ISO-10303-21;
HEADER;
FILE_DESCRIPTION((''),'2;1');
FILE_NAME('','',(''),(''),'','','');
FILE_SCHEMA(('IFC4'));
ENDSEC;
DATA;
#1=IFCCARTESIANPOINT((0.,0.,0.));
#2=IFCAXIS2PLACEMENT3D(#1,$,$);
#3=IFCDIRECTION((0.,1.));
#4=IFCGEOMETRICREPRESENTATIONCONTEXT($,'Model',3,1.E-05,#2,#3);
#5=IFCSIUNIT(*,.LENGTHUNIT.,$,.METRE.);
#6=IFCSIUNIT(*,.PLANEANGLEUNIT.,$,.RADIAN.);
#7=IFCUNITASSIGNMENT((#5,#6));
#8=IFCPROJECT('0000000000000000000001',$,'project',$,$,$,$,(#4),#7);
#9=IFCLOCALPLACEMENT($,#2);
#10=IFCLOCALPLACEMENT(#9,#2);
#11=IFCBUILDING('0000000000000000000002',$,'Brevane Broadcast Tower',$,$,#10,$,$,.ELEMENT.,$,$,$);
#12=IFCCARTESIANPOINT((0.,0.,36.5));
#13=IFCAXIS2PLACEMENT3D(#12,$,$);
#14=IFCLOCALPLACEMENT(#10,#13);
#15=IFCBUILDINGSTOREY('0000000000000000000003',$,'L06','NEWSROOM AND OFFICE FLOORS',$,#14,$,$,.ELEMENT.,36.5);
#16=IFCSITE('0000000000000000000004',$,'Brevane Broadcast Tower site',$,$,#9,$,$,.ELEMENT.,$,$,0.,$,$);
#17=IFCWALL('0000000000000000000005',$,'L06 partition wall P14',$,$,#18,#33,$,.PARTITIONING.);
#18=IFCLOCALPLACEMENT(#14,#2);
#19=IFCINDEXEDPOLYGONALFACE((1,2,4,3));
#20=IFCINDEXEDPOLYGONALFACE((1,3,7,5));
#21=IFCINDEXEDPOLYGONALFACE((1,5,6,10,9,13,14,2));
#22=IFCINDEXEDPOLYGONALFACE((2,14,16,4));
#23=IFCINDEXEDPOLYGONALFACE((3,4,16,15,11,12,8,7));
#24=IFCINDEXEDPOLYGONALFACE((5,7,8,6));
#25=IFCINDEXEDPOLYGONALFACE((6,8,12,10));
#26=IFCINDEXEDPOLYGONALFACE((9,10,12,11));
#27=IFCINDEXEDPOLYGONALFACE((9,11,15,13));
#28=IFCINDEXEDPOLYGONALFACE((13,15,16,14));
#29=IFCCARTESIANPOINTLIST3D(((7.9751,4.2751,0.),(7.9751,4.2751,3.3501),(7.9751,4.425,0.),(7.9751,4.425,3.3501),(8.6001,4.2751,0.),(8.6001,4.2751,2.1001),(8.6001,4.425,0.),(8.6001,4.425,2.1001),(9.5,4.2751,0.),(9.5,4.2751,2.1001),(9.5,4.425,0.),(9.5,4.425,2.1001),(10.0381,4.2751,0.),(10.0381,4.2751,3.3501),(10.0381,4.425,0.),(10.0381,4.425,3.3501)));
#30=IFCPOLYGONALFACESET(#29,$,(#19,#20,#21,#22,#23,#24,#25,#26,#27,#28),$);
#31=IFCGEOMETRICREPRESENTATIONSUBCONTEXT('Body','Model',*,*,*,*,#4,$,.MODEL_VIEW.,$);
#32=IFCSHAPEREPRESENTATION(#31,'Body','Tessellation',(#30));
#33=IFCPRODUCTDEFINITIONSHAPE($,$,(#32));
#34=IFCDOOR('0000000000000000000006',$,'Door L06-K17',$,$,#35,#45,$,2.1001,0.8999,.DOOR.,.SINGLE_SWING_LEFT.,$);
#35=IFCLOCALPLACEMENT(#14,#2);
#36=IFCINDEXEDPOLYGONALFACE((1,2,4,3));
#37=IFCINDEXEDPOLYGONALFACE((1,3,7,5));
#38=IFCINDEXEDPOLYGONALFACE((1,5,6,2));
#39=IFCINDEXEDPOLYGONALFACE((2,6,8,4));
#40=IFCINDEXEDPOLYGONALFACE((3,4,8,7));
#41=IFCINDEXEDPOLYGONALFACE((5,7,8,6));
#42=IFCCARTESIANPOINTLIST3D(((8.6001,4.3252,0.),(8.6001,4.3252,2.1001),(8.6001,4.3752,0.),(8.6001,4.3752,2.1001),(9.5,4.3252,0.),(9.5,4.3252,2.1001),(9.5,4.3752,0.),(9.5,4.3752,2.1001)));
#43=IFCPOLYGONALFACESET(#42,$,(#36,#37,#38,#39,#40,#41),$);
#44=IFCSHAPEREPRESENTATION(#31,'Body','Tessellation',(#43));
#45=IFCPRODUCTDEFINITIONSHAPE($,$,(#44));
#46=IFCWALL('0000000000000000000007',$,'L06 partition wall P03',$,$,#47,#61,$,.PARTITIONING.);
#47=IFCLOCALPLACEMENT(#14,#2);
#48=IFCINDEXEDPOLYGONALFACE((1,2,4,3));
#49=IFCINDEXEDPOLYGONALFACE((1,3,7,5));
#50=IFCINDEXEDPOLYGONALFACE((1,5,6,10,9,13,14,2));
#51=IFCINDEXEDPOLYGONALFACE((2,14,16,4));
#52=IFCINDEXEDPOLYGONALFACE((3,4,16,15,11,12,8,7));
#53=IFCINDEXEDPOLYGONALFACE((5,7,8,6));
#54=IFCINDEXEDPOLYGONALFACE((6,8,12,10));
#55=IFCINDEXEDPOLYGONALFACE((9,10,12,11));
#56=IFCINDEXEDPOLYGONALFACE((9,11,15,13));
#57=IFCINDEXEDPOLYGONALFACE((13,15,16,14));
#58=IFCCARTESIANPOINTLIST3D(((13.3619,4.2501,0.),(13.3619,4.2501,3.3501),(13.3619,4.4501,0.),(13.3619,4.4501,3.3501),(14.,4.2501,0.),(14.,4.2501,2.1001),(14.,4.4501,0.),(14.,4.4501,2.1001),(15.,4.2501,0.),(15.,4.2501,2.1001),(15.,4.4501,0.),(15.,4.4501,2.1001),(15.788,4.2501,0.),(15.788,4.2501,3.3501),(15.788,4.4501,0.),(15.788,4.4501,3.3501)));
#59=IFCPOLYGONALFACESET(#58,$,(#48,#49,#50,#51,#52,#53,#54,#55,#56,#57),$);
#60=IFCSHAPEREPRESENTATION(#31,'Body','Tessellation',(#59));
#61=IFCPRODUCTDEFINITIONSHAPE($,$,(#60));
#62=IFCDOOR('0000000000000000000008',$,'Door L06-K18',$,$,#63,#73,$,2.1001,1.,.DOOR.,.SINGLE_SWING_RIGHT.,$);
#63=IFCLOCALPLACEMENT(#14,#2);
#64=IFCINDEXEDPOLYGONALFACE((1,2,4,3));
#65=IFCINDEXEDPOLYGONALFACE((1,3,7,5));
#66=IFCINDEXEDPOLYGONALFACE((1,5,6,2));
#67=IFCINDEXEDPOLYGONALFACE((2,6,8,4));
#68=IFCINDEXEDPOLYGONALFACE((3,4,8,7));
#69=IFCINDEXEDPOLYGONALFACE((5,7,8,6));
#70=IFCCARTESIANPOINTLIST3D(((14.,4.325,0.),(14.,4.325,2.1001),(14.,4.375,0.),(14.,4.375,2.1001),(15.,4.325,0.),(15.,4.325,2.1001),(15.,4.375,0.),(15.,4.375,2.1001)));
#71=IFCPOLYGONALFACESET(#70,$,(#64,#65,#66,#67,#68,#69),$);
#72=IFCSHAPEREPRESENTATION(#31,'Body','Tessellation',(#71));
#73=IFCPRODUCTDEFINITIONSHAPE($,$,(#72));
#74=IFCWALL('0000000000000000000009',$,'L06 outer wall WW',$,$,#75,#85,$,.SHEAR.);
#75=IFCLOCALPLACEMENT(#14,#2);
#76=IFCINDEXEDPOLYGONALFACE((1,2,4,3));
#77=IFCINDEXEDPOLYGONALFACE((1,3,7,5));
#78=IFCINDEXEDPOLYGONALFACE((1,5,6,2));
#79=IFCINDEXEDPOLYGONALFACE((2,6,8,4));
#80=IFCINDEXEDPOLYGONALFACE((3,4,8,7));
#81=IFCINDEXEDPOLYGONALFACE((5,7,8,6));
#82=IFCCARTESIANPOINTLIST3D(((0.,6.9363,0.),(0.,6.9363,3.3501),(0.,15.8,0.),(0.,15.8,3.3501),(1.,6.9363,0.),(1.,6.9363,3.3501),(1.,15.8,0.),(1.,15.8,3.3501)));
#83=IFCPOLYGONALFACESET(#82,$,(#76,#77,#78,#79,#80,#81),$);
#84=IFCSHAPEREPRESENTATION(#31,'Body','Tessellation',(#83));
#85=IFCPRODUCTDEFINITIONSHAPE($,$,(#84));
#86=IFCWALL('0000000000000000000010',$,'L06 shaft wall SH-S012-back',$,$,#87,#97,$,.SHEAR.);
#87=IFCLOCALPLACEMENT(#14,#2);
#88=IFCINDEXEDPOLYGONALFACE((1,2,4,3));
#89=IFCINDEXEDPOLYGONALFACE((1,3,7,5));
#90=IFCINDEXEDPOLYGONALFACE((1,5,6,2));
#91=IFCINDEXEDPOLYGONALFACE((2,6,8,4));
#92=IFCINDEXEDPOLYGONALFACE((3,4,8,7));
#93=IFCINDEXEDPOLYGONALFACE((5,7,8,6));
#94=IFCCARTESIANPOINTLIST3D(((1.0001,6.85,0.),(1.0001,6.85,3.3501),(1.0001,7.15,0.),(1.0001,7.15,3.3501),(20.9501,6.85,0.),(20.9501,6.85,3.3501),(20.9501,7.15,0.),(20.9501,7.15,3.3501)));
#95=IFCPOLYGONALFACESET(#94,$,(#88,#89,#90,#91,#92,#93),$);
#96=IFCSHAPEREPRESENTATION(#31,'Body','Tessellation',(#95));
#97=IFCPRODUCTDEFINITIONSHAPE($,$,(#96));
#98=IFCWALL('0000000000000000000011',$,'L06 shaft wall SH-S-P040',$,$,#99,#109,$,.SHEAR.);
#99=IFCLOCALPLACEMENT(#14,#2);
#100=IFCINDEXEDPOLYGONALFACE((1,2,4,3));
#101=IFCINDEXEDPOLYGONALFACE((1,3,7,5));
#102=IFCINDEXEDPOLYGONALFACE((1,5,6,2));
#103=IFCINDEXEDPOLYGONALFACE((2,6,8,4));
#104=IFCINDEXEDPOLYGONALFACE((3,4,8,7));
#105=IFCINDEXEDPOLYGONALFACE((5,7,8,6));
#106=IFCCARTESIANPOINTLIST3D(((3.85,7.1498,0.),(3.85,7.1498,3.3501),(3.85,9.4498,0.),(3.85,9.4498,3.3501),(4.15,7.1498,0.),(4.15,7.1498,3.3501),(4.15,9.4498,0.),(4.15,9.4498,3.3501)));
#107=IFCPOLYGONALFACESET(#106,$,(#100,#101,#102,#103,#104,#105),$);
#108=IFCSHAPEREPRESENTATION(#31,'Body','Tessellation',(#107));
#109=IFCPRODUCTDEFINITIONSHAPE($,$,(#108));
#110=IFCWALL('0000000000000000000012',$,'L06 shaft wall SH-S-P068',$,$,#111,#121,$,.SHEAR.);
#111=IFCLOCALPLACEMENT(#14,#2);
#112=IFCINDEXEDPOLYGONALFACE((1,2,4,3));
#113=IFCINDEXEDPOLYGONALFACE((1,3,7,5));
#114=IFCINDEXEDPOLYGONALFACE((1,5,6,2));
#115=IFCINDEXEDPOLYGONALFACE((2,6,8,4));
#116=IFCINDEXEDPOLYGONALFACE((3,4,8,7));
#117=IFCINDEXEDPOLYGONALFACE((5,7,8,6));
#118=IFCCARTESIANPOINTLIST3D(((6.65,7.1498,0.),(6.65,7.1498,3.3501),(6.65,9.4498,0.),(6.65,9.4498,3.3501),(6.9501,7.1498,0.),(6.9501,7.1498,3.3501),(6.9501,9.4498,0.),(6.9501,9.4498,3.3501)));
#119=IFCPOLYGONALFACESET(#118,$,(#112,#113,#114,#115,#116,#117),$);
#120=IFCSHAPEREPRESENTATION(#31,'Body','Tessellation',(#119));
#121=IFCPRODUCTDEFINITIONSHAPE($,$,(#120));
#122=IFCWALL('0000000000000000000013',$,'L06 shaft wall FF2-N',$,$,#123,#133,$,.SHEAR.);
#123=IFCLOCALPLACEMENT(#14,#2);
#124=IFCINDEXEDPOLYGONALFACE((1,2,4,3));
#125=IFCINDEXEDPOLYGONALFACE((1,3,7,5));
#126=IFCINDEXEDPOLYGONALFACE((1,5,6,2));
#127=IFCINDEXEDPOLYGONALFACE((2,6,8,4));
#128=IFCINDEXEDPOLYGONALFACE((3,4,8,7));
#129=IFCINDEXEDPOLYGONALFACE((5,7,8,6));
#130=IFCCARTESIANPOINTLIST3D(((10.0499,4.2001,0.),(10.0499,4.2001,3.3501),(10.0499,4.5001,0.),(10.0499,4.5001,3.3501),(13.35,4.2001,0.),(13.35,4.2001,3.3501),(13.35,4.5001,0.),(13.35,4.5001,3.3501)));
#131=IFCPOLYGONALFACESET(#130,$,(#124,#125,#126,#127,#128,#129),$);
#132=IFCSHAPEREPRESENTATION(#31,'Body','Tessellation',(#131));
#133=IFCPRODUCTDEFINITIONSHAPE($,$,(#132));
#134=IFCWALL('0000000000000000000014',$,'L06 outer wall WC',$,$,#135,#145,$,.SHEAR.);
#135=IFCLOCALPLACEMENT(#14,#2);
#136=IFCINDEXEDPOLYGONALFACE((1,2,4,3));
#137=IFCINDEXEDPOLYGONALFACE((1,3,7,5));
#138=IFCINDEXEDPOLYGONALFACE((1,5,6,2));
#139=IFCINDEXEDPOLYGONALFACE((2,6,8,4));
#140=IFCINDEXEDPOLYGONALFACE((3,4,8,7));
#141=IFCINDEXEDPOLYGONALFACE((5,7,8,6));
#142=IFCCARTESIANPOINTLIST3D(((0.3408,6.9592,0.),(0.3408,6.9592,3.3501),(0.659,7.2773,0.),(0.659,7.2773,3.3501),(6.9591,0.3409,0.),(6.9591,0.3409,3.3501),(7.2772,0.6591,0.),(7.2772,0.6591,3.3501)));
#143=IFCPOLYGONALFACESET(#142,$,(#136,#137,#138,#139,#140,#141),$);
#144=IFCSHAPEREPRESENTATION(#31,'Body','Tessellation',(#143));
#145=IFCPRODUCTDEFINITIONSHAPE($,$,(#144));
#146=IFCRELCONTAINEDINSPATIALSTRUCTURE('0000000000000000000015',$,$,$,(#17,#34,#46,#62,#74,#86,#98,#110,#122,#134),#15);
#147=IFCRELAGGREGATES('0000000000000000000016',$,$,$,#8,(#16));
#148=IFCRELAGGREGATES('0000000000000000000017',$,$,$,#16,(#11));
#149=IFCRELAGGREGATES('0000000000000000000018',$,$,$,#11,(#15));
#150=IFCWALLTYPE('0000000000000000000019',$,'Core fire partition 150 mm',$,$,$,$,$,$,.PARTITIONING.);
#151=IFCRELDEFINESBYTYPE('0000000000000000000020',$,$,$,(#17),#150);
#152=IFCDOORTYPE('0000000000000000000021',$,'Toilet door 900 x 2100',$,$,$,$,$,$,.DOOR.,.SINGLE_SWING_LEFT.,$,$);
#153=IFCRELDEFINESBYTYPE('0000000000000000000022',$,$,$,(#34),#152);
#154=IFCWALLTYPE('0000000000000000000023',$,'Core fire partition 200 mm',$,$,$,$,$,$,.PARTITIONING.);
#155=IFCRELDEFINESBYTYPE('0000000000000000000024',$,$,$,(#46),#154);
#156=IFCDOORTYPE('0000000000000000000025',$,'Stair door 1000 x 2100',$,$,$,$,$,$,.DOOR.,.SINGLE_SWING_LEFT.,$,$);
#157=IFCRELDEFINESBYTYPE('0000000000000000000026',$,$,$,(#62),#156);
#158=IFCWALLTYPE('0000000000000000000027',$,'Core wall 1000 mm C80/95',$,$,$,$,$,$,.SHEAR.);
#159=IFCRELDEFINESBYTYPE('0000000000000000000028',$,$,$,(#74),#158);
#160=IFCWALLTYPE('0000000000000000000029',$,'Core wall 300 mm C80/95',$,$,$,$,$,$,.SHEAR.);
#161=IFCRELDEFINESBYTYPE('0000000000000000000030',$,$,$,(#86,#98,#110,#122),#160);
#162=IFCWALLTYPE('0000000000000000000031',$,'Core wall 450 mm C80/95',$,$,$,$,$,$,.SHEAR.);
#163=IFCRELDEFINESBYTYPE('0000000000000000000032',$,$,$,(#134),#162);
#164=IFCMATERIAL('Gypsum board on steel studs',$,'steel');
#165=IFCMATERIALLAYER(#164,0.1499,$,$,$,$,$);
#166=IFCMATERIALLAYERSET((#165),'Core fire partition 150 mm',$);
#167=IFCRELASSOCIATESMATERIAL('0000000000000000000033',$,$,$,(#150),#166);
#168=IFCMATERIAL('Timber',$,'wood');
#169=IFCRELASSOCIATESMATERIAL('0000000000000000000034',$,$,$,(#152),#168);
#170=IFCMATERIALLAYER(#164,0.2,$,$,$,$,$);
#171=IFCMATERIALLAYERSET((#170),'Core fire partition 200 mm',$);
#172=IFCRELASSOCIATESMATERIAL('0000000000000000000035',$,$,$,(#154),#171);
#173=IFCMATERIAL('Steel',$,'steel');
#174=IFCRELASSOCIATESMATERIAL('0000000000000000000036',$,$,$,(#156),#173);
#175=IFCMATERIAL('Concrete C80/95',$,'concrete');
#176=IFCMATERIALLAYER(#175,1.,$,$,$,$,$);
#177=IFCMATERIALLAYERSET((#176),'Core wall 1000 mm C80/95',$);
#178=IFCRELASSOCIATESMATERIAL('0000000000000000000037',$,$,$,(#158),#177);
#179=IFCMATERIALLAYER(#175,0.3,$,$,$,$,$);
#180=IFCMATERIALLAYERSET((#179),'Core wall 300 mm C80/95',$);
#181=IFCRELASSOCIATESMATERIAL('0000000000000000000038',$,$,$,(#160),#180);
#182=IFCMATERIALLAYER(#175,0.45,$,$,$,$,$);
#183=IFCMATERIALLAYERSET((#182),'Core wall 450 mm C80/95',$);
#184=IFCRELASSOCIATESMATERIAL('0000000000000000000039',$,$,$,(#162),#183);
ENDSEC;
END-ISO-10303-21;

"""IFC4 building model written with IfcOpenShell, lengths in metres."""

from ifc_helpers import new_model, si_unit, direction, frame, frame_2d, origin, place, context, subcontext, project, spatial, rectangle, extrude, material, layer, layer_set, type_object, element, fill, save


model = new_model("IFC4")

# Units and contexts
model_context = context("Model", 3, precision=1e-05, world=origin(), true_north=direction((0.0, 1.0)))
body_context = subcontext(model_context, "Body", "Model", "MODEL_VIEW")
ifc_project = project(units=[si_unit("LENGTHUNIT", "METRE"), si_unit("PLANEANGLEUNIT", "RADIAN")], contexts=[model_context])

# Site, building, storey
site_placement = place(None, origin())
site = spatial("IfcSite", under=ifc_project, at=site_placement, Name="Brevane Broadcast Tower site", CompositionType="ELEMENT", RefElevation=0.0)
building_placement = place(site_placement, origin())
building = spatial("IfcBuilding", under=site, at=building_placement, Name="Brevane Broadcast Tower", CompositionType="ELEMENT")
storey_placement = place(building_placement, frame((0.0, 0.0, 36.5)))
storey = spatial("IfcBuildingStorey", under=building, at=storey_placement, Name="L06", Description="NEWSROOM AND OFFICE FLOORS", CompositionType="ELEMENT", Elevation=36.5)

# Shared definitions
ifc_material_1 = material(Name="Gypsum board on steel studs", Category="steel")
ifc_layer_1 = layer(ifc_material_1, 0.1499)
ifc_layer_set_1 = layer_set([ifc_layer_1], Name="Core fire partition 150 mm")
wall_type_1 = type_object("IfcWallType", Name="Core fire partition 150 mm", PredefinedType="PARTITIONING", material=ifc_layer_set_1)

# Shared definitions
ifc_material_2 = material(Name="Timber", Category="wood")
door_type_1 = type_object("IfcDoorType", Name="Toilet door 900 x 2100", OperationType="SINGLE_SWING_LEFT", PredefinedType="DOOR", material=ifc_material_2)

# Walls, openings, doors
wall_1_placement = place(storey_placement, frame((10.0381, 4.3501, 0.0), z_axis=(0.0, 0.0, 1.0), x_axis=(-1.0, 0.0, 0.0)))
wall_1 = element("IfcWall", 1, at=wall_1_placement, inside=storey, type_object=wall_type_1, Name="L06 partition wall P14", PredefinedType="PARTITIONING", context=body_context, shape_type="SweptSolid", body=[
    extrude(rectangle(XDim=2.063, YDim=0.1499, at=frame_2d((1.0315, 0.0))), origin(), (0.0, 0.0, 1.0), 3.3501),
])
opening_1_placement = place(wall_1_placement, frame((0.5381, 0.0, 0.0)))
opening_1 = element("IfcOpeningElement", 2, at=opening_1_placement, cuts=wall_1, PredefinedType="OPENING", context=body_context, shape_type="SweptSolid", body=[
    extrude(rectangle(XDim=0.8999, YDim=2.1001, at=frame_2d((0.45, 1.05))), frame((0.0, 0.085, 0.0), z_axis=(0.0, -1.0, 0.0), x_axis=(1.0, 0.0, 0.0)), (0.0, 0.0, 1.0), 0.1699),
])
door_1_placement = place(opening_1_placement, origin())
door_1 = element("IfcDoor", 3, at=door_1_placement, inside=storey, type_object=door_type_1, Name="Door L06-K17", OperationType="SINGLE_SWING_LEFT", OverallHeight=2.1001, OverallWidth=0.8999, PredefinedType="DOOR", context=body_context, shape_type="SweptSolid", body=[
    extrude(rectangle(XDim=0.8999, YDim=2.1001, at=frame_2d((0.45, 1.05))), frame((0.0, 0.0249, 0.0), z_axis=(0.0, -1.0, 0.0), x_axis=(1.0, 0.0, 0.0)), (0.0, 0.0, 1.0), 0.05),
])
fill(opening_1, door_1)
ifc_layer_2 = layer(ifc_material_1, 0.2)
ifc_layer_set_2 = layer_set([ifc_layer_2], Name="Core fire partition 200 mm")
wall_type_2 = type_object("IfcWallType", Name="Core fire partition 200 mm", PredefinedType="PARTITIONING", material=ifc_layer_set_2)
wall_2_placement = place(storey_placement, frame((13.3621, 4.3501, 0.0), z_axis=(0.0, 0.0, 1.0), x_axis=(1.0, 0.0, 0.0)))
wall_2 = element("IfcWall", 4, at=wall_2_placement, inside=storey, type_object=wall_type_2, Name="L06 partition wall P03", PredefinedType="PARTITIONING", context=body_context, shape_type="SweptSolid", body=[
    extrude(rectangle(XDim=2.426, YDim=0.2, at=frame_2d((1.2129, 0.0))), origin(), (0.0, 0.0, 1.0), 3.3501),
])
opening_2_placement = place(wall_2_placement, frame((0.6379, 0.0, 0.0)))
opening_2 = element("IfcOpeningElement", 5, at=opening_2_placement, cuts=wall_2, PredefinedType="OPENING", context=body_context, shape_type="SweptSolid", body=[
    extrude(rectangle(XDim=1.0, YDim=2.1001, at=frame_2d((0.5, 1.05))), frame((0.0, 0.1099, 0.0), z_axis=(0.0, -1.0, 0.0), x_axis=(1.0, 0.0, 0.0)), (0.0, 0.0, 1.0), 0.22),
])
ifc_material_3 = material(Name="Steel", Category="steel")
door_type_2 = type_object("IfcDoorType", Name="Stair door 1000 x 2100", OperationType="SINGLE_SWING_LEFT", PredefinedType="DOOR", material=ifc_material_3)
door_2_placement = place(opening_2_placement, origin())
door_2 = element("IfcDoor", 6, at=door_2_placement, inside=storey, type_object=door_type_2, Name="Door L06-K18", OperationType="SINGLE_SWING_RIGHT", OverallHeight=2.1001, OverallWidth=1.0, PredefinedType="DOOR", context=body_context, shape_type="SweptSolid", body=[
    extrude(rectangle(XDim=1.0, YDim=2.1001, at=frame_2d((0.5, 1.05))), frame((0.0, 0.0249, 0.0), z_axis=(0.0, -1.0, 0.0), x_axis=(1.0, 0.0, 0.0)), (0.0, 0.0, 1.0), 0.05),
])
fill(opening_2, door_2)

# Walls
ifc_material_4 = material(Name="Concrete C80/95", Category="concrete")
ifc_layer_3 = layer(ifc_material_4, 1.0)
ifc_layer_set_3 = layer_set([ifc_layer_3], Name="Core wall 1000 mm C80/95")
wall_type_3 = type_object("IfcWallType", Name="Core wall 1000 mm C80/95", PredefinedType="SHEAR", material=ifc_layer_set_3)
wall_3_placement = place(storey_placement, frame((0.5, 6.9363, 0.0), z_axis=(0.0, 0.0, 1.0), x_axis=(0.0, 1.0, 0.0)))
element("IfcWall", 7, at=wall_3_placement, inside=storey, type_object=wall_type_3, Name="L06 outer wall WW", PredefinedType="SHEAR", context=body_context, shape_type="SweptSolid", body=[
    extrude(rectangle(XDim=8.8638, YDim=1.0, at=frame_2d((4.4319, 0.0))), origin(), (0.0, 0.0, 1.0), 3.3501),
])
ifc_layer_4 = layer(ifc_material_4, 0.3)
ifc_layer_set_4 = layer_set([ifc_layer_4], Name="Core wall 300 mm C80/95")
wall_type_4 = type_object("IfcWallType", Name="Core wall 300 mm C80/95", PredefinedType="SHEAR", material=ifc_layer_set_4)
wall_4_placement = place(storey_placement, frame((1.0, 7.0, 0.0), z_axis=(0.0, 0.0, 1.0), x_axis=(1.0, 0.0, 0.0)))
element("IfcWall", 8, at=wall_4_placement, inside=storey, type_object=wall_type_4, Name="L06 shaft wall SH-S012-back", PredefinedType="SHEAR", context=body_context, shape_type="SweptSolid", body=[
    extrude(rectangle(XDim=19.95, YDim=0.3, at=frame_2d((9.9751, 0.0))), origin(), (0.0, 0.0, 1.0), 3.3501),
])
for number, where, z_axis, x_axis, name in (
    (9, (4.0, 7.1499, 0.0), (0.0, 0.0, 1.0), (0.0, 1.0, 0.0), "L06 shaft wall SH-S-P040"),
    (10, (6.8, 7.1499, 0.0), (0.0, 0.0, 1.0), (0.0, 1.0, 0.0), "L06 shaft wall SH-S-P068"),
):
    element("IfcWall", number, at=place(storey_placement, frame(where, z_axis=z_axis, x_axis=x_axis)), inside=storey, type_object=wall_type_4, Name=name, PredefinedType="SHEAR", context=body_context, shape_type="SweptSolid", body=[
        extrude(rectangle(XDim=2.3, YDim=0.3, at=frame_2d((1.1499, 0.0))), origin(), (0.0, 0.0, 1.0), 3.3501),
    ])
wall_5_placement = place(storey_placement, frame((10.05, 4.3501, 0.0), z_axis=(0.0, 0.0, 1.0), x_axis=(1.0, 0.0, 0.0)))
element("IfcWall", 11, at=wall_5_placement, inside=storey, type_object=wall_type_4, Name="L06 shaft wall FF2-N", PredefinedType="SHEAR", context=body_context, shape_type="SweptSolid", body=[
    extrude(rectangle(XDim=3.3, YDim=0.3, at=frame_2d((1.6499, 0.0))), origin(), (0.0, 0.0, 1.0), 3.3501),
])
ifc_layer_5 = layer(ifc_material_4, 0.45)
ifc_layer_set_5 = layer_set([ifc_layer_5], Name="Core wall 450 mm C80/95")
wall_type_5 = type_object("IfcWallType", Name="Core wall 450 mm C80/95", PredefinedType="SHEAR", material=ifc_layer_set_5)
wall_6_placement = place(storey_placement, frame((0.5, 7.1182, 0.0), z_axis=(0.0, 0.0, 1.0), x_axis=(0.707107, -0.707107, 0.0)))
element("IfcWall", 12, at=wall_6_placement, inside=storey, type_object=wall_type_5, Name="L06 outer wall WC", PredefinedType="SHEAR", context=body_context, shape_type="SweptSolid", body=[
    extrude(rectangle(XDim=9.3596, YDim=0.45, at=frame_2d((4.6797, 0.0))), origin(), (0.0, 0.0, 1.0), 3.3501),
])

save(model, "model.ifc")
